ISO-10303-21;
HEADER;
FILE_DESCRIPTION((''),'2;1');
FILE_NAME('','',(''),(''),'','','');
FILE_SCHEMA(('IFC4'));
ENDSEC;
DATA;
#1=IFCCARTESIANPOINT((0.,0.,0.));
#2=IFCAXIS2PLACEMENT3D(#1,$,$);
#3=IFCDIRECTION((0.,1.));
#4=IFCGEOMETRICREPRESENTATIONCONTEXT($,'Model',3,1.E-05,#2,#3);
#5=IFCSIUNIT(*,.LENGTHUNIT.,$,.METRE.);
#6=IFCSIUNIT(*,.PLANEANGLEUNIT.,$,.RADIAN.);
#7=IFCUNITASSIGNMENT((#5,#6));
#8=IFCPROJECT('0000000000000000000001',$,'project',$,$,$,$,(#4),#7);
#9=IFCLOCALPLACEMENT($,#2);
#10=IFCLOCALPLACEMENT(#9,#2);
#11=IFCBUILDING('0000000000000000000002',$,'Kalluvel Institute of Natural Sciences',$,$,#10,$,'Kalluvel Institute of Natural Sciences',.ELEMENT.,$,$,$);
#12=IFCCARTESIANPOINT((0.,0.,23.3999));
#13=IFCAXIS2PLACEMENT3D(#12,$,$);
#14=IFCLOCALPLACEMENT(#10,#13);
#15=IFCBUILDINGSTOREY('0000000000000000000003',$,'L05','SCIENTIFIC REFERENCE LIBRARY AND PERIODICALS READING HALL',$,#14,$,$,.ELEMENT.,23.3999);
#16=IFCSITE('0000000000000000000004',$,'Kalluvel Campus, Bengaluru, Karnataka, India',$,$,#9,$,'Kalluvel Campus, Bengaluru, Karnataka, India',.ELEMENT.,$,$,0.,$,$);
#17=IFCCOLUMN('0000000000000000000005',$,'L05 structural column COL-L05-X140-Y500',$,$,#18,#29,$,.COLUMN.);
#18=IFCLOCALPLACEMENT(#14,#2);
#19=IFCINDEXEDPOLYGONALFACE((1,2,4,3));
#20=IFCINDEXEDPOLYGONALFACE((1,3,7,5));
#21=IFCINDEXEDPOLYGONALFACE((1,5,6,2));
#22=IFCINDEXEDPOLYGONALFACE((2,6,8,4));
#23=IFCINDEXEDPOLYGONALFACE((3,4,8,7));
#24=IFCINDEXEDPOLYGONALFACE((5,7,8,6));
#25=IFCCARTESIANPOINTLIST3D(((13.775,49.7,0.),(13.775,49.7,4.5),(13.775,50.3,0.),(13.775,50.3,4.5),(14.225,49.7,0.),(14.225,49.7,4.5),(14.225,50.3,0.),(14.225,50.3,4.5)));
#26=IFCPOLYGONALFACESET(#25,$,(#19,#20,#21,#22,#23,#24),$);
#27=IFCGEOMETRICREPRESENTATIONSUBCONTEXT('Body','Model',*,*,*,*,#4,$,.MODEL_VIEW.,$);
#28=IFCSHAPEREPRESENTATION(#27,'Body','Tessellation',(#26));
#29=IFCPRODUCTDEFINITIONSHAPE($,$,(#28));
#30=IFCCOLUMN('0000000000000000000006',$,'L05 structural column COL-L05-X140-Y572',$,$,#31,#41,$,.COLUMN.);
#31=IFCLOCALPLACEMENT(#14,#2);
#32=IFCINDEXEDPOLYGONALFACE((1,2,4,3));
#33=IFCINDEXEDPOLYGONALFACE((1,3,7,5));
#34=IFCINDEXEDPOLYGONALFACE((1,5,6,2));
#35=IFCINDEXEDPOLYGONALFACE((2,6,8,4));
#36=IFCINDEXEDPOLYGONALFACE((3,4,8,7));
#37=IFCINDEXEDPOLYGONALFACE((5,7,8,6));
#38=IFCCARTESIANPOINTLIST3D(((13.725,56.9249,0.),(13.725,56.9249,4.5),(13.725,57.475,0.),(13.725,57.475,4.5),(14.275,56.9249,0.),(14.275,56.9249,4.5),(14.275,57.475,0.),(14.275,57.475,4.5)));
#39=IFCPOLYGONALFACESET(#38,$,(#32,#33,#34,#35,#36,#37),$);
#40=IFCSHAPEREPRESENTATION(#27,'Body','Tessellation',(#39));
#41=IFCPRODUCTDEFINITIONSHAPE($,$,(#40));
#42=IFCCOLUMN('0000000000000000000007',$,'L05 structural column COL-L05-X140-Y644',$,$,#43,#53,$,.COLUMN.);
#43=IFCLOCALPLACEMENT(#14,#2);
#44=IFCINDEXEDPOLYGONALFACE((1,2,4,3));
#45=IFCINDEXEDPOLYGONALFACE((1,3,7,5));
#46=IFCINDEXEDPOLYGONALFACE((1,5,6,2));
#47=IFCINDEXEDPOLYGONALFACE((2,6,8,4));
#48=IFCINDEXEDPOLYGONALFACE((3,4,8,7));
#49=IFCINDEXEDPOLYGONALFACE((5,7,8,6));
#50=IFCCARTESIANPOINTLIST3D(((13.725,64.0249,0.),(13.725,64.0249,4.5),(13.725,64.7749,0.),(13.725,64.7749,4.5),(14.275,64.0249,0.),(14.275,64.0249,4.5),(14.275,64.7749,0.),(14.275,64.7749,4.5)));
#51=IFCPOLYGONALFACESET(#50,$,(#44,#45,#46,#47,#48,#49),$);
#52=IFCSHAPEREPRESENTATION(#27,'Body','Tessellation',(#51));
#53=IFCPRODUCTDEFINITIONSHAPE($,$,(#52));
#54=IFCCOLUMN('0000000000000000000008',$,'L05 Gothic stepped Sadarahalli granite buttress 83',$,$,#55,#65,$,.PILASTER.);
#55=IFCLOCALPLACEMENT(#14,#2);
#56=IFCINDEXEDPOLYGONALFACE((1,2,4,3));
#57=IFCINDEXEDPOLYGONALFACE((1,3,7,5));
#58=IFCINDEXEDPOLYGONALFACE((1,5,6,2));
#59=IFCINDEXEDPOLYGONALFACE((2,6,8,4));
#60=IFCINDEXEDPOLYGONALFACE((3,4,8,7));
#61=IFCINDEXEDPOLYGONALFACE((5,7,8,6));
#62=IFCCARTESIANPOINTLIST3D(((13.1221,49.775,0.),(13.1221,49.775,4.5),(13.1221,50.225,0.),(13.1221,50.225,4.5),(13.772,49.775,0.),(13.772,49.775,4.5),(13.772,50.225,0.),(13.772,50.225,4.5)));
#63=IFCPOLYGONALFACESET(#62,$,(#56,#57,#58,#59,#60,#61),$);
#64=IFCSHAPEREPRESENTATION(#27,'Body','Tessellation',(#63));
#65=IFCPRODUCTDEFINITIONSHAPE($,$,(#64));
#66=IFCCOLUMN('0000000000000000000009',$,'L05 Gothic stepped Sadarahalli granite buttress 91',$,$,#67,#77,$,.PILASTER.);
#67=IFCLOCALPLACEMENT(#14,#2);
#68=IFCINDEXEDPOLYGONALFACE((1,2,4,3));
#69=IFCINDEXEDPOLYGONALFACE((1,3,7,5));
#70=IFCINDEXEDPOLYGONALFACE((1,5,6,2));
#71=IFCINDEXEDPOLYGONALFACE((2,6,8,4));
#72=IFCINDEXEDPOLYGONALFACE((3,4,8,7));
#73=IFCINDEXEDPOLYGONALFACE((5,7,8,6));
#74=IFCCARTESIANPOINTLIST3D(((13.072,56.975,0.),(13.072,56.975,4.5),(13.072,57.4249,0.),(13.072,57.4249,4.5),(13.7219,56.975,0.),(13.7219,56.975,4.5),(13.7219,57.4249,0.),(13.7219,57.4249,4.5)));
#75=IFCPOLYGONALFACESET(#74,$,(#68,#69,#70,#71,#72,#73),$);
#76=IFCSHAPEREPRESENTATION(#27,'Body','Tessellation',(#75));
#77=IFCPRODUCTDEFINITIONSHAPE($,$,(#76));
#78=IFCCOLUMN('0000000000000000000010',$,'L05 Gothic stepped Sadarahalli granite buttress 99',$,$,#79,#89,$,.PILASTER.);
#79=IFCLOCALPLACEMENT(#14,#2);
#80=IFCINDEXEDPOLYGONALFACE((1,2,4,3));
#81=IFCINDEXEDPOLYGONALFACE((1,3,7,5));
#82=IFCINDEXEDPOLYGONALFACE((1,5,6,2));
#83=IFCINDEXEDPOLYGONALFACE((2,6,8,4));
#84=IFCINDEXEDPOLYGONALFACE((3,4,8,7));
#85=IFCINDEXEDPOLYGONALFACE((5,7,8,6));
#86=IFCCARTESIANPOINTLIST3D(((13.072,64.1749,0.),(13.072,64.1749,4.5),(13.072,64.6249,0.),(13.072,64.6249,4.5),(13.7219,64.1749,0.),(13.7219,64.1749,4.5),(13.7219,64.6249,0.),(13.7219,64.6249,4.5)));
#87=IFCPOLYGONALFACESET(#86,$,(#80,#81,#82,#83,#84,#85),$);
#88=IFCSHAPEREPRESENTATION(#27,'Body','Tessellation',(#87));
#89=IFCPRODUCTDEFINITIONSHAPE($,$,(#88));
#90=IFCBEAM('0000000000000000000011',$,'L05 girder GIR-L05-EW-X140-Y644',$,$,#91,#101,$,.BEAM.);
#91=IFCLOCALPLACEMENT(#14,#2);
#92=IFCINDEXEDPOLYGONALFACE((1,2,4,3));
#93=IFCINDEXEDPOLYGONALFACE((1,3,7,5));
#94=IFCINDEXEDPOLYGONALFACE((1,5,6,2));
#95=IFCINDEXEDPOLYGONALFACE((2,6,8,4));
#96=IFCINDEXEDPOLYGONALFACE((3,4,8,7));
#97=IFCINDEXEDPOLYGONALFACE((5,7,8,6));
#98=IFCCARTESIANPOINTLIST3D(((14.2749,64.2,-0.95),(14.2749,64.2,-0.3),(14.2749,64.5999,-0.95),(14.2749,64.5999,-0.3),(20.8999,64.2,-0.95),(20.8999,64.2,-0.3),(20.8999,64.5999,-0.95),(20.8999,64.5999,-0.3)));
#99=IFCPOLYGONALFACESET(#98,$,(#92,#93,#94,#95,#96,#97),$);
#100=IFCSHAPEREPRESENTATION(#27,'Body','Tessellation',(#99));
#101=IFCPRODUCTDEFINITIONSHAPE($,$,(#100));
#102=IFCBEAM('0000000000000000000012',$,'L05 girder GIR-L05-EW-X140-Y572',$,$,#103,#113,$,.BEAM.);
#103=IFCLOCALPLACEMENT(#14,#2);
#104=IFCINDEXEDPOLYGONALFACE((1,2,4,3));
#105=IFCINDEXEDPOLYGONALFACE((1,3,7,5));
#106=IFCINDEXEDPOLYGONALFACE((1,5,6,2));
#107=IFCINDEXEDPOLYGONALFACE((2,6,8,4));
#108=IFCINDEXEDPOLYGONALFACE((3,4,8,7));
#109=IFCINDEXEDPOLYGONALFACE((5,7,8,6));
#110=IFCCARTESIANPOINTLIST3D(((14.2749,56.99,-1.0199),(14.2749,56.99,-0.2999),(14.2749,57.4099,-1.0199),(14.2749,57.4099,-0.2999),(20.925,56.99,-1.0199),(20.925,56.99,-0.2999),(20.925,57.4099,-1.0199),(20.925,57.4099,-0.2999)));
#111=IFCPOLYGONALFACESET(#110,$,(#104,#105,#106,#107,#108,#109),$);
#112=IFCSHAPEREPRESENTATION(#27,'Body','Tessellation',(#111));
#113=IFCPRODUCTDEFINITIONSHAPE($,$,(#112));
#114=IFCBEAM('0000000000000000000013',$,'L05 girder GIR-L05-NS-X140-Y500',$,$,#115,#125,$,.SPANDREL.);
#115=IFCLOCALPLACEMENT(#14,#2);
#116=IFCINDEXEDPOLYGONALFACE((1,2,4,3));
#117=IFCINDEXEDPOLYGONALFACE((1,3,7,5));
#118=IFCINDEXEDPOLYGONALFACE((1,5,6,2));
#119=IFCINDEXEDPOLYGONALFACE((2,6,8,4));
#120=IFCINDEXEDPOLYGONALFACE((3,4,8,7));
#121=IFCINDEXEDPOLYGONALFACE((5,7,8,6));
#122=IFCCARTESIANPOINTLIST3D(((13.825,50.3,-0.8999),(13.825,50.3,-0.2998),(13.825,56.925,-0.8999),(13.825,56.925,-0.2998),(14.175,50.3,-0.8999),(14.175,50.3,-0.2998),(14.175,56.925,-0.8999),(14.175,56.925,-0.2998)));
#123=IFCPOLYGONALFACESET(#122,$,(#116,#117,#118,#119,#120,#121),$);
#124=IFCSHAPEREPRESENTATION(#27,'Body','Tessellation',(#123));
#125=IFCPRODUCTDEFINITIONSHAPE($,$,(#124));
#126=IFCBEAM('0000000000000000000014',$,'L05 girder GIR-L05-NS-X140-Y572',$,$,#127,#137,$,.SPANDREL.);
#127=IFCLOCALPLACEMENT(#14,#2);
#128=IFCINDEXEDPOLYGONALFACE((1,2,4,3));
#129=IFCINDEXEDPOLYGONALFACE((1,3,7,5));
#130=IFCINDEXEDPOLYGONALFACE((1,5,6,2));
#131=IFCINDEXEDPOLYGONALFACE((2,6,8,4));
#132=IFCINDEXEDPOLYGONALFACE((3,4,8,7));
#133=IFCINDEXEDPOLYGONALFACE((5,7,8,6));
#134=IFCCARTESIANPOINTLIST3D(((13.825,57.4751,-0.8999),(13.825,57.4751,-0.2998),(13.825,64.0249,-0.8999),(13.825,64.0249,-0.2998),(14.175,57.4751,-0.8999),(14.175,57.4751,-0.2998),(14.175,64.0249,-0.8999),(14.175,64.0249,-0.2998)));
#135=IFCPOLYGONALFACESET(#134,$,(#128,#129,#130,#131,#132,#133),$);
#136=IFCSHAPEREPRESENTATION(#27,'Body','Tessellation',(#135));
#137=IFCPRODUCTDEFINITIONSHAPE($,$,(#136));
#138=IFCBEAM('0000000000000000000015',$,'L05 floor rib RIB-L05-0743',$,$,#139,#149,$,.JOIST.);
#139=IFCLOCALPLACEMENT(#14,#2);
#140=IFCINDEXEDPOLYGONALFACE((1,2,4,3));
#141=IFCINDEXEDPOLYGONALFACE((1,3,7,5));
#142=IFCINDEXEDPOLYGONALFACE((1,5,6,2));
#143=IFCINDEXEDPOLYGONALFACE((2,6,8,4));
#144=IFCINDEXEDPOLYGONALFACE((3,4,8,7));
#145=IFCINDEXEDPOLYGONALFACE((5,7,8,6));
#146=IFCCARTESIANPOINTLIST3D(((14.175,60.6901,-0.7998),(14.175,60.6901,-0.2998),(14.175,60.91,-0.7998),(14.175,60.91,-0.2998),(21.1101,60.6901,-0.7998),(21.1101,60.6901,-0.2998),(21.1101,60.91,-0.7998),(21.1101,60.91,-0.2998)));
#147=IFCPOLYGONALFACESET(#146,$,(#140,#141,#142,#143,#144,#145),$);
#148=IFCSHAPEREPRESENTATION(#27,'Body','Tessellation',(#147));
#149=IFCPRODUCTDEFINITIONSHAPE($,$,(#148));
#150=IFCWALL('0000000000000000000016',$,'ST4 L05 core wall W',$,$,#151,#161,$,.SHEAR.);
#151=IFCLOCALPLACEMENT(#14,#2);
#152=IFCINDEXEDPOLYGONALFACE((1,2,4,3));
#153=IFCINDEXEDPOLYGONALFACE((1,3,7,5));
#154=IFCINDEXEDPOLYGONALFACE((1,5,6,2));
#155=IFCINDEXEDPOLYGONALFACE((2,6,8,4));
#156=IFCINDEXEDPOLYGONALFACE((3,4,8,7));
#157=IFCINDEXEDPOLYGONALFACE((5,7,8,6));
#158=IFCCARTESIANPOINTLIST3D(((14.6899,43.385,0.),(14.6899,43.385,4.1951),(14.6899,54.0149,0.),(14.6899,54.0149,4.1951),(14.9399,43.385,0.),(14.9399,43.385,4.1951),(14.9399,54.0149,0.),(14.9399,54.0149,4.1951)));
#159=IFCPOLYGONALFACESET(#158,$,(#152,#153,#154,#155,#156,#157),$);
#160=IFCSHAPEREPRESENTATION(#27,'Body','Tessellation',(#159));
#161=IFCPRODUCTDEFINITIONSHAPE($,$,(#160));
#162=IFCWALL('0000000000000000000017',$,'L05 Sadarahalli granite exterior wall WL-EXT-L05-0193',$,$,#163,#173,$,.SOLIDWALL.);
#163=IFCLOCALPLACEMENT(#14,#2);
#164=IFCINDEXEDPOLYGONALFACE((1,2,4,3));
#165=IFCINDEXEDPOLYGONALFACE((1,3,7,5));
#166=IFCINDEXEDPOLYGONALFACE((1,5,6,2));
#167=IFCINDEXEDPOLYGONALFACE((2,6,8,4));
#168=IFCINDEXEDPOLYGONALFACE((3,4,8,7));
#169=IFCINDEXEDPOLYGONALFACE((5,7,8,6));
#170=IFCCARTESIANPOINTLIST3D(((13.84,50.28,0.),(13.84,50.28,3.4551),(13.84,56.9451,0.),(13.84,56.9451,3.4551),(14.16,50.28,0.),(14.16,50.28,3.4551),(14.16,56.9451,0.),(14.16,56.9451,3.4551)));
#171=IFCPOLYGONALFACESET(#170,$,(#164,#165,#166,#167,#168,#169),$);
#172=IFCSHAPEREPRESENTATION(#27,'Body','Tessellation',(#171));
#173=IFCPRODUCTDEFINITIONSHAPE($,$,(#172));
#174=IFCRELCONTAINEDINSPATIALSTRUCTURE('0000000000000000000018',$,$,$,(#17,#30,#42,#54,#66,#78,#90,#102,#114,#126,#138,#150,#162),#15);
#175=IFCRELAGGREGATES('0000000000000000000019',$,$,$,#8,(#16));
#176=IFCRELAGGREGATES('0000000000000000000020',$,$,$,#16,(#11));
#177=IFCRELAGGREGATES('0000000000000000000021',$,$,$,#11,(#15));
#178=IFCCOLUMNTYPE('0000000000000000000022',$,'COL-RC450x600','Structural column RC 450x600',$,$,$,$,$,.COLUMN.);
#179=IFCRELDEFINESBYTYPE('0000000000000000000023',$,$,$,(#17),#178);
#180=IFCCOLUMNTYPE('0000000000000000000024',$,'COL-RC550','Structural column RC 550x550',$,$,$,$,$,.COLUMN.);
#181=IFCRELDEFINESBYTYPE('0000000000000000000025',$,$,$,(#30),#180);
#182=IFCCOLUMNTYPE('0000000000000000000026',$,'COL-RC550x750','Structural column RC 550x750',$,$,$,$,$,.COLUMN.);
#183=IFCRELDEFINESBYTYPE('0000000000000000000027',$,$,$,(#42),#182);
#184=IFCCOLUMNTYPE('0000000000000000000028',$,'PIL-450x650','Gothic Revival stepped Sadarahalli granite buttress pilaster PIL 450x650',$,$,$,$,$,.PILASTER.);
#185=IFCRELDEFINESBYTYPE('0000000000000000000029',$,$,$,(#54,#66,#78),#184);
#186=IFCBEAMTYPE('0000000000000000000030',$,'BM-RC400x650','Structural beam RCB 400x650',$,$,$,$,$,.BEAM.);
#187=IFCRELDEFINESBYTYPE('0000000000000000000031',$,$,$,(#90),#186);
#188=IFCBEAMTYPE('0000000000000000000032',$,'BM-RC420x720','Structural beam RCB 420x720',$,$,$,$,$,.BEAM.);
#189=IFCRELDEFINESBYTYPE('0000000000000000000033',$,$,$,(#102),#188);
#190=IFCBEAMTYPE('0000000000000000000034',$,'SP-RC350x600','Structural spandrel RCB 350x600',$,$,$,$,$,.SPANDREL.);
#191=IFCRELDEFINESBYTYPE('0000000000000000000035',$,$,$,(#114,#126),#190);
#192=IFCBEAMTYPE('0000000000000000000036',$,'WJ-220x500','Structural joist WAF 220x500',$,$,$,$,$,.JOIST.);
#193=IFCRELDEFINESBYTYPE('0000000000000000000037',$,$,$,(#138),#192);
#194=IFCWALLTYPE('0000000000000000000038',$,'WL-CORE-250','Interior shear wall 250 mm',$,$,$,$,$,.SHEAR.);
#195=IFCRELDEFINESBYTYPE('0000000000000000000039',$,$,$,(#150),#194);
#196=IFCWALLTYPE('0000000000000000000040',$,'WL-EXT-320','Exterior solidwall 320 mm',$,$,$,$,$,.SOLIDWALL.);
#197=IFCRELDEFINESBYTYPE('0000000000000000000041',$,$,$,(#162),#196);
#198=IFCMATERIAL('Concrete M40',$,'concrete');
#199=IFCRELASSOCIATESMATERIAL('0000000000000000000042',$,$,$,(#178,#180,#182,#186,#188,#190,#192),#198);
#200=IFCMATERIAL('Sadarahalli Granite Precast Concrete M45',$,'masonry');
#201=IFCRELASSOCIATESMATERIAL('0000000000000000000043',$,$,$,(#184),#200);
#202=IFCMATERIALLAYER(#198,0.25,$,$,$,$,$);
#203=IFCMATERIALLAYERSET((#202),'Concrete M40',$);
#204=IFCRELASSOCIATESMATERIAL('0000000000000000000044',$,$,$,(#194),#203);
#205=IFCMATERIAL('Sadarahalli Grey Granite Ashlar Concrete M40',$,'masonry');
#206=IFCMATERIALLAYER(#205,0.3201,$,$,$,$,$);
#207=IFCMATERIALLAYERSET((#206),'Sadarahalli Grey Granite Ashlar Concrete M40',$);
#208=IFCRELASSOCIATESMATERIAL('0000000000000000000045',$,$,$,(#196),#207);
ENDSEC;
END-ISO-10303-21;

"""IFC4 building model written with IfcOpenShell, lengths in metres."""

from ifc_helpers import new_model, si_unit, direction, frame, frame_2d, origin, origin_2d, place, context, subcontext, project, spatial, rectangle, extrude, material, layer, layer_set, material_profile, profile_set, type_object, element, save


model = new_model("IFC4")

# Units and contexts
model_context = context("Model", 3, precision=1e-05, world=origin(), true_north=direction((0.0, 1.0)))
body_context = subcontext(model_context, "Body", "Model", "MODEL_VIEW")
ifc_project = project(units=[si_unit("LENGTHUNIT", "METRE"), si_unit("PLANEANGLEUNIT", "RADIAN")], contexts=[model_context])

# Site, building, storey
site_placement = place(None, origin())
site = spatial("IfcSite", under=ifc_project, at=site_placement, Name="Kalluvel Campus, Bengaluru, Karnataka, India", LongName="Kalluvel Campus, Bengaluru, Karnataka, India", CompositionType="ELEMENT", RefElevation=0.0)
building_placement = place(site_placement, origin())
building = spatial("IfcBuilding", under=site, at=building_placement, Name="Kalluvel Institute of Natural Sciences", LongName="Kalluvel Institute of Natural Sciences", CompositionType="ELEMENT")
storey_placement = place(building_placement, frame((0.0, 0.0, 23.3999)))
storey = spatial("IfcBuildingStorey", under=building, at=storey_placement, Name="L05", Description="SCIENTIFIC REFERENCE LIBRARY AND PERIODICALS READING HALL", CompositionType="ELEMENT", Elevation=23.3999)

# Columns
ifc_material_1 = material(Name="Concrete M40", Category="concrete")
ifc_material_profile_1 = material_profile(ifc_material_1, rectangle(XDim=0.45, YDim=0.6001, at=origin_2d()), Name="RC 450x600")
ifc_profile_set_1 = profile_set([ifc_material_profile_1], Name="Concrete M40")
column_type_1 = type_object("IfcColumnType", Name="COL-RC450x600", Description="Structural column RC 450x600", PredefinedType="COLUMN", material=ifc_profile_set_1)
column_1_placement = place(storey_placement, frame((14.0, 50.0, 0.0), z_axis=(0.0, 0.0, 1.0), x_axis=(1.0, 0.0, 0.0)))
element("IfcColumn", 1, at=column_1_placement, inside=storey, type_object=column_type_1, Name="L05 structural column COL-L05-X140-Y500", PredefinedType="COLUMN", context=body_context, shape_type="SweptSolid", body=[
    extrude(rectangle(XDim=0.45, YDim=0.6001, at=origin_2d()), origin(), (0.0, 0.0, 1.0), 4.5),
])
ifc_material_profile_2 = material_profile(ifc_material_1, rectangle(XDim=0.55, YDim=0.55, at=origin_2d()), Name="RC 550x550")
ifc_profile_set_2 = profile_set([ifc_material_profile_2], Name="Concrete M40")
column_type_2 = type_object("IfcColumnType", Name="COL-RC550", Description="Structural column RC 550x550", PredefinedType="COLUMN", material=ifc_profile_set_2)
column_2_placement = place(storey_placement, frame((14.0, 57.2, 0.0), z_axis=(0.0, 0.0, 1.0), x_axis=(1.0, 0.0, 0.0)))
element("IfcColumn", 2, at=column_2_placement, inside=storey, type_object=column_type_2, Name="L05 structural column COL-L05-X140-Y572", PredefinedType="COLUMN", context=body_context, shape_type="SweptSolid", body=[
    extrude(rectangle(XDim=0.55, YDim=0.55, at=origin_2d()), origin(), (0.0, 0.0, 1.0), 4.5),
])
ifc_material_profile_3 = material_profile(ifc_material_1, rectangle(XDim=0.55, YDim=0.75, at=origin_2d()), Name="RC 550x750")
ifc_profile_set_3 = profile_set([ifc_material_profile_3], Name="Concrete M40")
column_type_3 = type_object("IfcColumnType", Name="COL-RC550x750", Description="Structural column RC 550x750", PredefinedType="COLUMN", material=ifc_profile_set_3)
column_3_placement = place(storey_placement, frame((14.0, 64.3999, 0.0), z_axis=(0.0, 0.0, 1.0), x_axis=(1.0, 0.0, 0.0)))
element("IfcColumn", 3, at=column_3_placement, inside=storey, type_object=column_type_3, Name="L05 structural column COL-L05-X140-Y644", PredefinedType="COLUMN", context=body_context, shape_type="SweptSolid", body=[
    extrude(rectangle(XDim=0.55, YDim=0.75, at=origin_2d()), origin(), (0.0, 0.0, 1.0), 4.5),
])
ifc_material_2 = material(Name="Sadarahalli Granite Precast Concrete M45", Category="masonry")
ifc_material_profile_4 = material_profile(ifc_material_2, rectangle(XDim=0.45, YDim=0.6499, at=origin_2d()), Name="PIL 450x650")
ifc_profile_set_4 = profile_set([ifc_material_profile_4], Name="Sadarahalli Granite Precast Concrete M45")
column_type_4 = type_object("IfcColumnType", Name="PIL-450x650", Description="Gothic Revival stepped Sadarahalli granite buttress pilaster PIL 450x650", PredefinedType="PILASTER", material=ifc_profile_set_4)
for number, where, z_axis, x_axis, name in (
    (4, (13.447, 50.0, 0.0), (0.0, 0.0, 1.0), (0.0, 1.0, 0.0), "L05 Gothic stepped Sadarahalli granite buttress 83"),
    (5, (13.397, 57.2, 0.0), (0.0, 0.0, 1.0), (0.0, 1.0, 0.0), "L05 Gothic stepped Sadarahalli granite buttress 91"),
    (6, (13.397, 64.3999, 0.0), (0.0, 0.0, 1.0), (0.0, 1.0, 0.0), "L05 Gothic stepped Sadarahalli granite buttress 99"),
):
    element("IfcColumn", number, at=place(storey_placement, frame(where, z_axis=z_axis, x_axis=x_axis)), inside=storey, type_object=column_type_4, Name=name, PredefinedType="PILASTER", context=body_context, shape_type="SweptSolid", body=[
        extrude(rectangle(XDim=0.45, YDim=0.6499, at=origin_2d()), origin(), (0.0, 0.0, 1.0), 4.5),
    ])

# Beams
ifc_material_profile_5 = material_profile(ifc_material_1, rectangle(XDim=0.3999, YDim=0.6499, at=origin_2d()), Name="RCB 400x650")
ifc_profile_set_5 = profile_set([ifc_material_profile_5], Name="Concrete M40")
beam_type_1 = type_object("IfcBeamType", Name="BM-RC400x650", Description="Structural beam RCB 400x650", PredefinedType="BEAM", material=ifc_profile_set_5)
beam_1_placement = place(storey_placement, frame((14.2749, 64.3999, -0.625), z_axis=(1.0, 0.0, 0.0), x_axis=(0.0, 1.0, 0.0)))
element("IfcBeam", 7, at=beam_1_placement, inside=storey, type_object=beam_type_1, Name="L05 girder GIR-L05-EW-X140-Y644", PredefinedType="BEAM", context=body_context, shape_type="SweptSolid", body=[
    extrude(rectangle(XDim=0.3999, YDim=0.6499, at=origin_2d()), origin(), (0.0, 0.0, 1.0), 6.625),
])
ifc_material_profile_6 = material_profile(ifc_material_1, rectangle(XDim=0.4199, YDim=0.72, at=origin_2d()), Name="RCB 420x720")
ifc_profile_set_6 = profile_set([ifc_material_profile_6], Name="Concrete M40")
beam_type_2 = type_object("IfcBeamType", Name="BM-RC420x720", Description="Structural beam RCB 420x720", PredefinedType="BEAM", material=ifc_profile_set_6)
beam_2_placement = place(storey_placement, frame((14.2749, 57.2, -0.6599), z_axis=(1.0, 0.0, 0.0), x_axis=(0.0, 1.0, 0.0)))
element("IfcBeam", 8, at=beam_2_placement, inside=storey, type_object=beam_type_2, Name="L05 girder GIR-L05-EW-X140-Y572", PredefinedType="BEAM", context=body_context, shape_type="SweptSolid", body=[
    extrude(rectangle(XDim=0.4199, YDim=0.72, at=origin_2d()), origin(), (0.0, 0.0, 1.0), 6.6501),
])
ifc_material_profile_7 = material_profile(ifc_material_1, rectangle(XDim=0.3501, YDim=0.6001, at=origin_2d()), Name="RCB 350x600")
ifc_profile_set_7 = profile_set([ifc_material_profile_7], Name="Concrete M40")
beam_type_3 = type_object("IfcBeamType", Name="SP-RC350x600", Description="Structural spandrel RCB 350x600", PredefinedType="SPANDREL", material=ifc_profile_set_7)
beam_3_placement = place(storey_placement, frame((14.0, 50.3, -0.5999), z_axis=(0.0, 1.0, 0.0), x_axis=(-1.0, 0.0, 0.0)))
element("IfcBeam", 9, at=beam_3_placement, inside=storey, type_object=beam_type_3, Name="L05 girder GIR-L05-NS-X140-Y500", PredefinedType="SPANDREL", context=body_context, shape_type="SweptSolid", body=[
    extrude(rectangle(XDim=0.3501, YDim=0.6001, at=origin_2d()), origin(), (0.0, 0.0, 1.0), 6.625),
])
beam_4_placement = place(storey_placement, frame((14.0, 57.4751, -0.5999), z_axis=(0.0, 1.0, 0.0), x_axis=(-1.0, 0.0, 0.0)))
element("IfcBeam", 10, at=beam_4_placement, inside=storey, type_object=beam_type_3, Name="L05 girder GIR-L05-NS-X140-Y572", PredefinedType="SPANDREL", context=body_context, shape_type="SweptSolid", body=[
    extrude(rectangle(XDim=0.3501, YDim=0.6001, at=origin_2d()), origin(), (0.0, 0.0, 1.0), 6.5498),
])
ifc_material_profile_8 = material_profile(ifc_material_1, rectangle(XDim=0.22, YDim=0.5, at=origin_2d()), Name="WAF 220x500")
ifc_profile_set_8 = profile_set([ifc_material_profile_8], Name="Concrete M40")
beam_type_4 = type_object("IfcBeamType", Name="WJ-220x500", Description="Structural joist WAF 220x500", PredefinedType="JOIST", material=ifc_profile_set_8)
beam_5_placement = place(storey_placement, frame((14.175, 60.8, -0.5498), z_axis=(1.0, 0.0, 0.0), x_axis=(0.0, 1.0, 0.0)))
element("IfcBeam", 11, at=beam_5_placement, inside=storey, type_object=beam_type_4, Name="L05 floor rib RIB-L05-0743", PredefinedType="JOIST", context=body_context, shape_type="SweptSolid", body=[
    extrude(rectangle(XDim=0.22, YDim=0.5, at=origin_2d()), origin(), (0.0, 0.0, 1.0), 6.9351),
])

# Walls
ifc_layer_1 = layer(ifc_material_1, 0.25)
ifc_layer_set_1 = layer_set([ifc_layer_1], Name="Concrete M40")
wall_type_1 = type_object("IfcWallType", Name="WL-CORE-250", Description="Interior shear wall 250 mm", PredefinedType="SHEAR", material=ifc_layer_set_1)
wall_1_placement = place(storey_placement, frame((14.8149, 54.0149, 0.0), z_axis=(0.0, 0.0, 1.0), x_axis=(0.0, -1.0, 0.0)))
element("IfcWall", 12, at=wall_1_placement, inside=storey, type_object=wall_type_1, Name="ST4 L05 core wall W", PredefinedType="SHEAR", context=body_context, shape_type="SweptSolid", body=[
    extrude(rectangle(XDim=10.6299, YDim=0.25, at=frame_2d((5.3149, 0.0))), origin(), (0.0, 0.0, 1.0), 4.1951),
])
ifc_material_3 = material(Name="Sadarahalli Grey Granite Ashlar Concrete M40", Category="masonry")
ifc_layer_2 = layer(ifc_material_3, 0.3201)
ifc_layer_set_2 = layer_set([ifc_layer_2], Name="Sadarahalli Grey Granite Ashlar Concrete M40")
wall_type_2 = type_object("IfcWallType", Name="WL-EXT-320", Description="Exterior solidwall 320 mm", PredefinedType="SOLIDWALL", material=ifc_layer_set_2)
wall_2_placement = place(storey_placement, frame((14.0, 50.28, 0.0), z_axis=(0.0, 0.0, 1.0), x_axis=(0.0, 1.0, 0.0)))
element("IfcWall", 13, at=wall_2_placement, inside=storey, type_object=wall_type_2, Name="L05 Sadarahalli granite exterior wall WL-EXT-L05-0193", PredefinedType="SOLIDWALL", context=body_context, shape_type="SweptSolid", body=[
    extrude(rectangle(XDim=6.665, YDim=0.3201, at=frame_2d((3.3325, 0.0))), origin(), (0.0, 0.0, 1.0), 3.4551),
])

save(model, "model.ifc")
